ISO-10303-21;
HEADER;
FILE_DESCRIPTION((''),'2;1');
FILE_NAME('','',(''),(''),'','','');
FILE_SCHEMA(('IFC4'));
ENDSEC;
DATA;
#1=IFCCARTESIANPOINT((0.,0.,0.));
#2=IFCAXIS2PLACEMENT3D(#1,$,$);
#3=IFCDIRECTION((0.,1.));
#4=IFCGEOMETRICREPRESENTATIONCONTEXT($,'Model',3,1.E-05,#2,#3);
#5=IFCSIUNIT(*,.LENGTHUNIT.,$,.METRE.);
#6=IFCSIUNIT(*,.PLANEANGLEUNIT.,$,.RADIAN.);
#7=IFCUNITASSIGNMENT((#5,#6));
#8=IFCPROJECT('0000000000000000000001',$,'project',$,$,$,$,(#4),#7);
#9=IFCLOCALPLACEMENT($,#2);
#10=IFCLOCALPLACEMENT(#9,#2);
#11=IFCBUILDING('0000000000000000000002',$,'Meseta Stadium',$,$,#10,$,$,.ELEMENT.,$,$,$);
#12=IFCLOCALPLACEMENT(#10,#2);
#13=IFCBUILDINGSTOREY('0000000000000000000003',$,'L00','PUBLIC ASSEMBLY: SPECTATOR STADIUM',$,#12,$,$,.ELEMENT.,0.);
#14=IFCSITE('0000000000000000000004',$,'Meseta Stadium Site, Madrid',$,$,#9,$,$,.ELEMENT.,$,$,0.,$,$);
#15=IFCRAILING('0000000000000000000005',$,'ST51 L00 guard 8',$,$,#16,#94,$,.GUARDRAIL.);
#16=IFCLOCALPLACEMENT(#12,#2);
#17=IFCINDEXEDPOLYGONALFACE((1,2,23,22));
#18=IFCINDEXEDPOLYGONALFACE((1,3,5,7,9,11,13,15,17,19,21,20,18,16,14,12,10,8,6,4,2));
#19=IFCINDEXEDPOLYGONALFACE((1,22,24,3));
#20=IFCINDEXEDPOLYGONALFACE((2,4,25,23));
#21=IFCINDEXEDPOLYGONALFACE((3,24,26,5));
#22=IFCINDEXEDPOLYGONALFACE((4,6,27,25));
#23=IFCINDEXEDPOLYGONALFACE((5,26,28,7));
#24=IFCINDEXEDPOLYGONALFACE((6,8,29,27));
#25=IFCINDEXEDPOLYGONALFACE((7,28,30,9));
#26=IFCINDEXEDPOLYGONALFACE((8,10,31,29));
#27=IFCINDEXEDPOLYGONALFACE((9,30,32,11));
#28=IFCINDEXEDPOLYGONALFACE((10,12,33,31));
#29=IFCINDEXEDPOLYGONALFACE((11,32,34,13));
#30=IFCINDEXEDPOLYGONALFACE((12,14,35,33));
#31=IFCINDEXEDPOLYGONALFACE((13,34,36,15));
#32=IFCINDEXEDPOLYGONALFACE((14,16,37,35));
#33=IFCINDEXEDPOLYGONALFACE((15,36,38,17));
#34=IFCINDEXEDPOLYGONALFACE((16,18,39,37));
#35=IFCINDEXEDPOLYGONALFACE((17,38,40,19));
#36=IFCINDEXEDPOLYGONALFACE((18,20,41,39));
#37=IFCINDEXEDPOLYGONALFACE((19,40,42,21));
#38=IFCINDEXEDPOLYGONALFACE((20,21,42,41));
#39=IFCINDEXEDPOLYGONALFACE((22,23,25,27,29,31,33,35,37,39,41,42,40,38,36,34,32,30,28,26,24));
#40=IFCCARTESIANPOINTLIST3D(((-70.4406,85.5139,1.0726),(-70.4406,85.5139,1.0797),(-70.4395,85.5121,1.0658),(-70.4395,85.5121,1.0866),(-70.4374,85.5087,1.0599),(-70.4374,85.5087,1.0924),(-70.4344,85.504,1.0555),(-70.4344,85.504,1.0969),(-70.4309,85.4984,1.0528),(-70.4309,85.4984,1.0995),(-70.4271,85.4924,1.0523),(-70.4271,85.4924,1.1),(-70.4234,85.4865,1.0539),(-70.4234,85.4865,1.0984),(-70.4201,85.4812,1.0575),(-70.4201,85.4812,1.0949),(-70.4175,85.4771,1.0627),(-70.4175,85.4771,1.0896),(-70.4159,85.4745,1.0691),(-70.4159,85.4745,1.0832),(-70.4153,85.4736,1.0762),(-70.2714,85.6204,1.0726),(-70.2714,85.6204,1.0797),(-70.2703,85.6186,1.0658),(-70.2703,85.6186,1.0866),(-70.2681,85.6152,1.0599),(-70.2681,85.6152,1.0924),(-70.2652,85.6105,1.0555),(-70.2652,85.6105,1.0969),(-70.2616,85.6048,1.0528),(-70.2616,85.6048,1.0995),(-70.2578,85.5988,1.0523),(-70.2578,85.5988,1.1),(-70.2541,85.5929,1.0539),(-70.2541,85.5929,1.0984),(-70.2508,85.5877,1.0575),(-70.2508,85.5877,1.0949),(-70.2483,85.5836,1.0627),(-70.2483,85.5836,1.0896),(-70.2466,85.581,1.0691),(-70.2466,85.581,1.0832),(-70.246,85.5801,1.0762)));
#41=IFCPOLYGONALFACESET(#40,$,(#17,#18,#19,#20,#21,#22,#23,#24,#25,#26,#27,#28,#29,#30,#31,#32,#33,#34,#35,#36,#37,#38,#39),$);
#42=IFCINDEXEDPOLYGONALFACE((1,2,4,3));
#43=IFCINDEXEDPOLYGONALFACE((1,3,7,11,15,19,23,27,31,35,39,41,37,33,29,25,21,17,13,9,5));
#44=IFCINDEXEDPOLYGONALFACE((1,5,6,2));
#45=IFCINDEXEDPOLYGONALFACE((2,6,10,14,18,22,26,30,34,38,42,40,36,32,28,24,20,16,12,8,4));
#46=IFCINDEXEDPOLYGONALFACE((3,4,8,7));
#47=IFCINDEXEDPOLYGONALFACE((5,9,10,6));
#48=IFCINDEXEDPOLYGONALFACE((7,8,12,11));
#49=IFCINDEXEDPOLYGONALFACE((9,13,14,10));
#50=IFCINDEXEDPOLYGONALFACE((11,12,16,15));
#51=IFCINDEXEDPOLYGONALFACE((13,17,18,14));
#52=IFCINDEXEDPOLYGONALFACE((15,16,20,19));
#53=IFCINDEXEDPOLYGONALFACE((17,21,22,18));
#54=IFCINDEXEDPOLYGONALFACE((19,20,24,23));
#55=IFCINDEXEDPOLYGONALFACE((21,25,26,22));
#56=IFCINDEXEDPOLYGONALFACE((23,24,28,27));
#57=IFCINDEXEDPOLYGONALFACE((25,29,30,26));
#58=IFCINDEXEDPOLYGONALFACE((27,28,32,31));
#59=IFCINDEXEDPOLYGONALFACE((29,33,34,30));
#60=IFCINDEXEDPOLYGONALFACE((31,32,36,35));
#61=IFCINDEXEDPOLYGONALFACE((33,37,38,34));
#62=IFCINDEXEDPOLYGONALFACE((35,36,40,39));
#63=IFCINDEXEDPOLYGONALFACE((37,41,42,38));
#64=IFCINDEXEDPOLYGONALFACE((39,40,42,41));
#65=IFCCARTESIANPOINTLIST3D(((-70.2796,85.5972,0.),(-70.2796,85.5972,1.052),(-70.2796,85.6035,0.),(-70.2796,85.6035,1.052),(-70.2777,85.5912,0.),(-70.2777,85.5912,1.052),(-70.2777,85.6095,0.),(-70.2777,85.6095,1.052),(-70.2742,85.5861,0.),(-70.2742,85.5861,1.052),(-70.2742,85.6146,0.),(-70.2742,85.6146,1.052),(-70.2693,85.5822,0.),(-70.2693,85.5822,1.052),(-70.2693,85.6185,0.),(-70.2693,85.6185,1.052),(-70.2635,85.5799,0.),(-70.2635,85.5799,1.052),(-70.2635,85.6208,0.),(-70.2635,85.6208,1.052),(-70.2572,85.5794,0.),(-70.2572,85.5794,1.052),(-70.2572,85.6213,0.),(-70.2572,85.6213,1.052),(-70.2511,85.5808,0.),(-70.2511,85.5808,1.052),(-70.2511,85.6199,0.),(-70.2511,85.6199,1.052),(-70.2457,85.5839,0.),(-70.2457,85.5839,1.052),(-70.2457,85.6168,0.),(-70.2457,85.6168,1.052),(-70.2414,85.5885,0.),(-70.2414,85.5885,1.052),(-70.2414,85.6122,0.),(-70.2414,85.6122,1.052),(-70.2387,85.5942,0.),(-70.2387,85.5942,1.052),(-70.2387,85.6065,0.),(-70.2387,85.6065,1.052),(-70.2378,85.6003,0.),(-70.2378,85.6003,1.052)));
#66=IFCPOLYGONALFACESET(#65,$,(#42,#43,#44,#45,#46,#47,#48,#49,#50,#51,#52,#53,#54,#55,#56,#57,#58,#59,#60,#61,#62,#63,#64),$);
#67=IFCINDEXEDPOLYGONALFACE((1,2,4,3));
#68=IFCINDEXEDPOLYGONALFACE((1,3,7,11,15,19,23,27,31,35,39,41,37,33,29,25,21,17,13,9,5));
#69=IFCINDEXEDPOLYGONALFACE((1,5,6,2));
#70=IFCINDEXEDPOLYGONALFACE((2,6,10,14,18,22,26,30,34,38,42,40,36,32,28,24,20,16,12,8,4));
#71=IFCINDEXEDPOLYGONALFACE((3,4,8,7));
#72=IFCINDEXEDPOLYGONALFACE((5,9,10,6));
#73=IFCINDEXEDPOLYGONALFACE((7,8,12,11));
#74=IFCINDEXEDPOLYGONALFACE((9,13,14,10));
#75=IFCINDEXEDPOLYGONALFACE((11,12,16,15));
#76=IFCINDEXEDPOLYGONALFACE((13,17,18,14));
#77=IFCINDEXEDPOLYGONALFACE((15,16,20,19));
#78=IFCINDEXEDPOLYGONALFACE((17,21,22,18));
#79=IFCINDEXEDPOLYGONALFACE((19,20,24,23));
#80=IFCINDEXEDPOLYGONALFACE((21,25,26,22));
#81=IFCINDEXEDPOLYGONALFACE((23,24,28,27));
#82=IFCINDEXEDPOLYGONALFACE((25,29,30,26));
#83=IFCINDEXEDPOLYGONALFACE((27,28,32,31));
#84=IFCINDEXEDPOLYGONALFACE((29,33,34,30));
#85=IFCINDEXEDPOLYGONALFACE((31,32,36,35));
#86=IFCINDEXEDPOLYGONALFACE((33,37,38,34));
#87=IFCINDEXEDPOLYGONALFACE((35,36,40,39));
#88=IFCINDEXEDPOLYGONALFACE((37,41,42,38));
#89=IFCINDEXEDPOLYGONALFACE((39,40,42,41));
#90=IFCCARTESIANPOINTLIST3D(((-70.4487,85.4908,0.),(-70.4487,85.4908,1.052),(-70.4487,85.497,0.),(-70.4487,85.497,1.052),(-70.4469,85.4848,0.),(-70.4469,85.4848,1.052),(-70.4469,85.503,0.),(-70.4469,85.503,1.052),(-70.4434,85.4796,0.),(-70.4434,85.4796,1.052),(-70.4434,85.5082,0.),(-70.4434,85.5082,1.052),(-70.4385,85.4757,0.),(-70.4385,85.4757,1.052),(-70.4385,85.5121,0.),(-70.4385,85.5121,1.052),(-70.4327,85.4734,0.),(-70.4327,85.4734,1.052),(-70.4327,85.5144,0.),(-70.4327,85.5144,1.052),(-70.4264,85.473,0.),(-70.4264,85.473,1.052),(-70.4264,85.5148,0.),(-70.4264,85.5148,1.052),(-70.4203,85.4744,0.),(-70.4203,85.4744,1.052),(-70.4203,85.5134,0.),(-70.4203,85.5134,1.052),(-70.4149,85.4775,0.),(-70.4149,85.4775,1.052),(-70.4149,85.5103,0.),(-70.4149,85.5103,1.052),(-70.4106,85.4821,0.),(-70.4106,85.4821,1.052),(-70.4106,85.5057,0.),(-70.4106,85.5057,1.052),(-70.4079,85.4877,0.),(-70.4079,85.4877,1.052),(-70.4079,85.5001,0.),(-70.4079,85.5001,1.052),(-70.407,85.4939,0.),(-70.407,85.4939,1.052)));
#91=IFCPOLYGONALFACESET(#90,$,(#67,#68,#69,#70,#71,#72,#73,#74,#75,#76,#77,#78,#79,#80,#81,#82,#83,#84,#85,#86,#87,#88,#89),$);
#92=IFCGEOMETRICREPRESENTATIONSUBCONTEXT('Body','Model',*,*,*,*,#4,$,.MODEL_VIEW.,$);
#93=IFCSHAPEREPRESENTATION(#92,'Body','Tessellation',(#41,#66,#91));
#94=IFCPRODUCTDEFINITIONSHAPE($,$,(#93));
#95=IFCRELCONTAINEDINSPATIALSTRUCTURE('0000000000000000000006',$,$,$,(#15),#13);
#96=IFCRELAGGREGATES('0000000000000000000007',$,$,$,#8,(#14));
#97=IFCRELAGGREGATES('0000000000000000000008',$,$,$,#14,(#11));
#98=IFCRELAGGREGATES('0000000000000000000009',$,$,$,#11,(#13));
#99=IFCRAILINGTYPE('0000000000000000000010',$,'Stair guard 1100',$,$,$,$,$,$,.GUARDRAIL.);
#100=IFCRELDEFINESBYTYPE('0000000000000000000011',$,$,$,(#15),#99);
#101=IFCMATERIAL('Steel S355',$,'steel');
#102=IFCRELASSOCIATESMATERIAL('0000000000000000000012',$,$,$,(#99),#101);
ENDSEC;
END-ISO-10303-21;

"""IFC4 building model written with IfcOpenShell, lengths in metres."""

from ifc_helpers import new_model, si_unit, direction, frame, origin, origin_2d, place, context, subcontext, project, spatial, circle, extrude, material, type_object, element, save


model = new_model("IFC4")

# Units and contexts
model_context = context("Model", 3, precision=1e-05, world=origin(), true_north=direction((0.0, 1.0)))
body_context = subcontext(model_context, "Body", "Model", "MODEL_VIEW")
ifc_project = project(units=[si_unit("LENGTHUNIT", "METRE"), si_unit("PLANEANGLEUNIT", "RADIAN")], contexts=[model_context])

# Site, building, storey
site_placement = place(None, origin())
site = spatial("IfcSite", under=ifc_project, at=site_placement, Name="Meseta Stadium Site, Madrid", CompositionType="ELEMENT", RefElevation=0.0)
building_placement = place(site_placement, origin())
building = spatial("IfcBuilding", under=site, at=building_placement, Name="Meseta Stadium", CompositionType="ELEMENT")
storey_placement = place(building_placement, origin())
storey = spatial("IfcBuildingStorey", under=building, at=storey_placement, Name="L00", Description="PUBLIC ASSEMBLY: SPECTATOR STADIUM", CompositionType="ELEMENT", Elevation=0.0)

# Railing
ifc_material_1 = material(Name="Steel S355", Category="steel")
railing_type_1 = type_object("IfcRailingType", Name="Stair guard 1100", PredefinedType="GUARDRAIL", material=ifc_material_1)
railing_1_placement = place(storey_placement, frame((-70.2588, 85.6003, 0.0)))
element("IfcRailing", 1, at=railing_1_placement, inside=storey, type_object=railing_type_1, Name="ST51 L00 guard 8", PredefinedType="GUARDRAIL", context=body_context, shape_type="SweptSolid", body=[
    extrude(circle(Radius=0.0239, at=origin_2d()), frame((0.0, 0.0, 1.0762), z_axis=(-0.846416, -0.532522, 0.0), x_axis=(0.532522, -0.846416, 0.0)), (0.0, 0.0, 1.0), 0.2),
    extrude(circle(Radius=0.021, at=origin_2d()), origin(), (0.0, 0.0, 1.0), 1.052),
    extrude(circle(Radius=0.021, at=origin_2d()), frame((-0.1692, -0.1064, 0.0)), (0.0, 0.0, 1.0), 1.052),
])

save(model, "model.ifc")
